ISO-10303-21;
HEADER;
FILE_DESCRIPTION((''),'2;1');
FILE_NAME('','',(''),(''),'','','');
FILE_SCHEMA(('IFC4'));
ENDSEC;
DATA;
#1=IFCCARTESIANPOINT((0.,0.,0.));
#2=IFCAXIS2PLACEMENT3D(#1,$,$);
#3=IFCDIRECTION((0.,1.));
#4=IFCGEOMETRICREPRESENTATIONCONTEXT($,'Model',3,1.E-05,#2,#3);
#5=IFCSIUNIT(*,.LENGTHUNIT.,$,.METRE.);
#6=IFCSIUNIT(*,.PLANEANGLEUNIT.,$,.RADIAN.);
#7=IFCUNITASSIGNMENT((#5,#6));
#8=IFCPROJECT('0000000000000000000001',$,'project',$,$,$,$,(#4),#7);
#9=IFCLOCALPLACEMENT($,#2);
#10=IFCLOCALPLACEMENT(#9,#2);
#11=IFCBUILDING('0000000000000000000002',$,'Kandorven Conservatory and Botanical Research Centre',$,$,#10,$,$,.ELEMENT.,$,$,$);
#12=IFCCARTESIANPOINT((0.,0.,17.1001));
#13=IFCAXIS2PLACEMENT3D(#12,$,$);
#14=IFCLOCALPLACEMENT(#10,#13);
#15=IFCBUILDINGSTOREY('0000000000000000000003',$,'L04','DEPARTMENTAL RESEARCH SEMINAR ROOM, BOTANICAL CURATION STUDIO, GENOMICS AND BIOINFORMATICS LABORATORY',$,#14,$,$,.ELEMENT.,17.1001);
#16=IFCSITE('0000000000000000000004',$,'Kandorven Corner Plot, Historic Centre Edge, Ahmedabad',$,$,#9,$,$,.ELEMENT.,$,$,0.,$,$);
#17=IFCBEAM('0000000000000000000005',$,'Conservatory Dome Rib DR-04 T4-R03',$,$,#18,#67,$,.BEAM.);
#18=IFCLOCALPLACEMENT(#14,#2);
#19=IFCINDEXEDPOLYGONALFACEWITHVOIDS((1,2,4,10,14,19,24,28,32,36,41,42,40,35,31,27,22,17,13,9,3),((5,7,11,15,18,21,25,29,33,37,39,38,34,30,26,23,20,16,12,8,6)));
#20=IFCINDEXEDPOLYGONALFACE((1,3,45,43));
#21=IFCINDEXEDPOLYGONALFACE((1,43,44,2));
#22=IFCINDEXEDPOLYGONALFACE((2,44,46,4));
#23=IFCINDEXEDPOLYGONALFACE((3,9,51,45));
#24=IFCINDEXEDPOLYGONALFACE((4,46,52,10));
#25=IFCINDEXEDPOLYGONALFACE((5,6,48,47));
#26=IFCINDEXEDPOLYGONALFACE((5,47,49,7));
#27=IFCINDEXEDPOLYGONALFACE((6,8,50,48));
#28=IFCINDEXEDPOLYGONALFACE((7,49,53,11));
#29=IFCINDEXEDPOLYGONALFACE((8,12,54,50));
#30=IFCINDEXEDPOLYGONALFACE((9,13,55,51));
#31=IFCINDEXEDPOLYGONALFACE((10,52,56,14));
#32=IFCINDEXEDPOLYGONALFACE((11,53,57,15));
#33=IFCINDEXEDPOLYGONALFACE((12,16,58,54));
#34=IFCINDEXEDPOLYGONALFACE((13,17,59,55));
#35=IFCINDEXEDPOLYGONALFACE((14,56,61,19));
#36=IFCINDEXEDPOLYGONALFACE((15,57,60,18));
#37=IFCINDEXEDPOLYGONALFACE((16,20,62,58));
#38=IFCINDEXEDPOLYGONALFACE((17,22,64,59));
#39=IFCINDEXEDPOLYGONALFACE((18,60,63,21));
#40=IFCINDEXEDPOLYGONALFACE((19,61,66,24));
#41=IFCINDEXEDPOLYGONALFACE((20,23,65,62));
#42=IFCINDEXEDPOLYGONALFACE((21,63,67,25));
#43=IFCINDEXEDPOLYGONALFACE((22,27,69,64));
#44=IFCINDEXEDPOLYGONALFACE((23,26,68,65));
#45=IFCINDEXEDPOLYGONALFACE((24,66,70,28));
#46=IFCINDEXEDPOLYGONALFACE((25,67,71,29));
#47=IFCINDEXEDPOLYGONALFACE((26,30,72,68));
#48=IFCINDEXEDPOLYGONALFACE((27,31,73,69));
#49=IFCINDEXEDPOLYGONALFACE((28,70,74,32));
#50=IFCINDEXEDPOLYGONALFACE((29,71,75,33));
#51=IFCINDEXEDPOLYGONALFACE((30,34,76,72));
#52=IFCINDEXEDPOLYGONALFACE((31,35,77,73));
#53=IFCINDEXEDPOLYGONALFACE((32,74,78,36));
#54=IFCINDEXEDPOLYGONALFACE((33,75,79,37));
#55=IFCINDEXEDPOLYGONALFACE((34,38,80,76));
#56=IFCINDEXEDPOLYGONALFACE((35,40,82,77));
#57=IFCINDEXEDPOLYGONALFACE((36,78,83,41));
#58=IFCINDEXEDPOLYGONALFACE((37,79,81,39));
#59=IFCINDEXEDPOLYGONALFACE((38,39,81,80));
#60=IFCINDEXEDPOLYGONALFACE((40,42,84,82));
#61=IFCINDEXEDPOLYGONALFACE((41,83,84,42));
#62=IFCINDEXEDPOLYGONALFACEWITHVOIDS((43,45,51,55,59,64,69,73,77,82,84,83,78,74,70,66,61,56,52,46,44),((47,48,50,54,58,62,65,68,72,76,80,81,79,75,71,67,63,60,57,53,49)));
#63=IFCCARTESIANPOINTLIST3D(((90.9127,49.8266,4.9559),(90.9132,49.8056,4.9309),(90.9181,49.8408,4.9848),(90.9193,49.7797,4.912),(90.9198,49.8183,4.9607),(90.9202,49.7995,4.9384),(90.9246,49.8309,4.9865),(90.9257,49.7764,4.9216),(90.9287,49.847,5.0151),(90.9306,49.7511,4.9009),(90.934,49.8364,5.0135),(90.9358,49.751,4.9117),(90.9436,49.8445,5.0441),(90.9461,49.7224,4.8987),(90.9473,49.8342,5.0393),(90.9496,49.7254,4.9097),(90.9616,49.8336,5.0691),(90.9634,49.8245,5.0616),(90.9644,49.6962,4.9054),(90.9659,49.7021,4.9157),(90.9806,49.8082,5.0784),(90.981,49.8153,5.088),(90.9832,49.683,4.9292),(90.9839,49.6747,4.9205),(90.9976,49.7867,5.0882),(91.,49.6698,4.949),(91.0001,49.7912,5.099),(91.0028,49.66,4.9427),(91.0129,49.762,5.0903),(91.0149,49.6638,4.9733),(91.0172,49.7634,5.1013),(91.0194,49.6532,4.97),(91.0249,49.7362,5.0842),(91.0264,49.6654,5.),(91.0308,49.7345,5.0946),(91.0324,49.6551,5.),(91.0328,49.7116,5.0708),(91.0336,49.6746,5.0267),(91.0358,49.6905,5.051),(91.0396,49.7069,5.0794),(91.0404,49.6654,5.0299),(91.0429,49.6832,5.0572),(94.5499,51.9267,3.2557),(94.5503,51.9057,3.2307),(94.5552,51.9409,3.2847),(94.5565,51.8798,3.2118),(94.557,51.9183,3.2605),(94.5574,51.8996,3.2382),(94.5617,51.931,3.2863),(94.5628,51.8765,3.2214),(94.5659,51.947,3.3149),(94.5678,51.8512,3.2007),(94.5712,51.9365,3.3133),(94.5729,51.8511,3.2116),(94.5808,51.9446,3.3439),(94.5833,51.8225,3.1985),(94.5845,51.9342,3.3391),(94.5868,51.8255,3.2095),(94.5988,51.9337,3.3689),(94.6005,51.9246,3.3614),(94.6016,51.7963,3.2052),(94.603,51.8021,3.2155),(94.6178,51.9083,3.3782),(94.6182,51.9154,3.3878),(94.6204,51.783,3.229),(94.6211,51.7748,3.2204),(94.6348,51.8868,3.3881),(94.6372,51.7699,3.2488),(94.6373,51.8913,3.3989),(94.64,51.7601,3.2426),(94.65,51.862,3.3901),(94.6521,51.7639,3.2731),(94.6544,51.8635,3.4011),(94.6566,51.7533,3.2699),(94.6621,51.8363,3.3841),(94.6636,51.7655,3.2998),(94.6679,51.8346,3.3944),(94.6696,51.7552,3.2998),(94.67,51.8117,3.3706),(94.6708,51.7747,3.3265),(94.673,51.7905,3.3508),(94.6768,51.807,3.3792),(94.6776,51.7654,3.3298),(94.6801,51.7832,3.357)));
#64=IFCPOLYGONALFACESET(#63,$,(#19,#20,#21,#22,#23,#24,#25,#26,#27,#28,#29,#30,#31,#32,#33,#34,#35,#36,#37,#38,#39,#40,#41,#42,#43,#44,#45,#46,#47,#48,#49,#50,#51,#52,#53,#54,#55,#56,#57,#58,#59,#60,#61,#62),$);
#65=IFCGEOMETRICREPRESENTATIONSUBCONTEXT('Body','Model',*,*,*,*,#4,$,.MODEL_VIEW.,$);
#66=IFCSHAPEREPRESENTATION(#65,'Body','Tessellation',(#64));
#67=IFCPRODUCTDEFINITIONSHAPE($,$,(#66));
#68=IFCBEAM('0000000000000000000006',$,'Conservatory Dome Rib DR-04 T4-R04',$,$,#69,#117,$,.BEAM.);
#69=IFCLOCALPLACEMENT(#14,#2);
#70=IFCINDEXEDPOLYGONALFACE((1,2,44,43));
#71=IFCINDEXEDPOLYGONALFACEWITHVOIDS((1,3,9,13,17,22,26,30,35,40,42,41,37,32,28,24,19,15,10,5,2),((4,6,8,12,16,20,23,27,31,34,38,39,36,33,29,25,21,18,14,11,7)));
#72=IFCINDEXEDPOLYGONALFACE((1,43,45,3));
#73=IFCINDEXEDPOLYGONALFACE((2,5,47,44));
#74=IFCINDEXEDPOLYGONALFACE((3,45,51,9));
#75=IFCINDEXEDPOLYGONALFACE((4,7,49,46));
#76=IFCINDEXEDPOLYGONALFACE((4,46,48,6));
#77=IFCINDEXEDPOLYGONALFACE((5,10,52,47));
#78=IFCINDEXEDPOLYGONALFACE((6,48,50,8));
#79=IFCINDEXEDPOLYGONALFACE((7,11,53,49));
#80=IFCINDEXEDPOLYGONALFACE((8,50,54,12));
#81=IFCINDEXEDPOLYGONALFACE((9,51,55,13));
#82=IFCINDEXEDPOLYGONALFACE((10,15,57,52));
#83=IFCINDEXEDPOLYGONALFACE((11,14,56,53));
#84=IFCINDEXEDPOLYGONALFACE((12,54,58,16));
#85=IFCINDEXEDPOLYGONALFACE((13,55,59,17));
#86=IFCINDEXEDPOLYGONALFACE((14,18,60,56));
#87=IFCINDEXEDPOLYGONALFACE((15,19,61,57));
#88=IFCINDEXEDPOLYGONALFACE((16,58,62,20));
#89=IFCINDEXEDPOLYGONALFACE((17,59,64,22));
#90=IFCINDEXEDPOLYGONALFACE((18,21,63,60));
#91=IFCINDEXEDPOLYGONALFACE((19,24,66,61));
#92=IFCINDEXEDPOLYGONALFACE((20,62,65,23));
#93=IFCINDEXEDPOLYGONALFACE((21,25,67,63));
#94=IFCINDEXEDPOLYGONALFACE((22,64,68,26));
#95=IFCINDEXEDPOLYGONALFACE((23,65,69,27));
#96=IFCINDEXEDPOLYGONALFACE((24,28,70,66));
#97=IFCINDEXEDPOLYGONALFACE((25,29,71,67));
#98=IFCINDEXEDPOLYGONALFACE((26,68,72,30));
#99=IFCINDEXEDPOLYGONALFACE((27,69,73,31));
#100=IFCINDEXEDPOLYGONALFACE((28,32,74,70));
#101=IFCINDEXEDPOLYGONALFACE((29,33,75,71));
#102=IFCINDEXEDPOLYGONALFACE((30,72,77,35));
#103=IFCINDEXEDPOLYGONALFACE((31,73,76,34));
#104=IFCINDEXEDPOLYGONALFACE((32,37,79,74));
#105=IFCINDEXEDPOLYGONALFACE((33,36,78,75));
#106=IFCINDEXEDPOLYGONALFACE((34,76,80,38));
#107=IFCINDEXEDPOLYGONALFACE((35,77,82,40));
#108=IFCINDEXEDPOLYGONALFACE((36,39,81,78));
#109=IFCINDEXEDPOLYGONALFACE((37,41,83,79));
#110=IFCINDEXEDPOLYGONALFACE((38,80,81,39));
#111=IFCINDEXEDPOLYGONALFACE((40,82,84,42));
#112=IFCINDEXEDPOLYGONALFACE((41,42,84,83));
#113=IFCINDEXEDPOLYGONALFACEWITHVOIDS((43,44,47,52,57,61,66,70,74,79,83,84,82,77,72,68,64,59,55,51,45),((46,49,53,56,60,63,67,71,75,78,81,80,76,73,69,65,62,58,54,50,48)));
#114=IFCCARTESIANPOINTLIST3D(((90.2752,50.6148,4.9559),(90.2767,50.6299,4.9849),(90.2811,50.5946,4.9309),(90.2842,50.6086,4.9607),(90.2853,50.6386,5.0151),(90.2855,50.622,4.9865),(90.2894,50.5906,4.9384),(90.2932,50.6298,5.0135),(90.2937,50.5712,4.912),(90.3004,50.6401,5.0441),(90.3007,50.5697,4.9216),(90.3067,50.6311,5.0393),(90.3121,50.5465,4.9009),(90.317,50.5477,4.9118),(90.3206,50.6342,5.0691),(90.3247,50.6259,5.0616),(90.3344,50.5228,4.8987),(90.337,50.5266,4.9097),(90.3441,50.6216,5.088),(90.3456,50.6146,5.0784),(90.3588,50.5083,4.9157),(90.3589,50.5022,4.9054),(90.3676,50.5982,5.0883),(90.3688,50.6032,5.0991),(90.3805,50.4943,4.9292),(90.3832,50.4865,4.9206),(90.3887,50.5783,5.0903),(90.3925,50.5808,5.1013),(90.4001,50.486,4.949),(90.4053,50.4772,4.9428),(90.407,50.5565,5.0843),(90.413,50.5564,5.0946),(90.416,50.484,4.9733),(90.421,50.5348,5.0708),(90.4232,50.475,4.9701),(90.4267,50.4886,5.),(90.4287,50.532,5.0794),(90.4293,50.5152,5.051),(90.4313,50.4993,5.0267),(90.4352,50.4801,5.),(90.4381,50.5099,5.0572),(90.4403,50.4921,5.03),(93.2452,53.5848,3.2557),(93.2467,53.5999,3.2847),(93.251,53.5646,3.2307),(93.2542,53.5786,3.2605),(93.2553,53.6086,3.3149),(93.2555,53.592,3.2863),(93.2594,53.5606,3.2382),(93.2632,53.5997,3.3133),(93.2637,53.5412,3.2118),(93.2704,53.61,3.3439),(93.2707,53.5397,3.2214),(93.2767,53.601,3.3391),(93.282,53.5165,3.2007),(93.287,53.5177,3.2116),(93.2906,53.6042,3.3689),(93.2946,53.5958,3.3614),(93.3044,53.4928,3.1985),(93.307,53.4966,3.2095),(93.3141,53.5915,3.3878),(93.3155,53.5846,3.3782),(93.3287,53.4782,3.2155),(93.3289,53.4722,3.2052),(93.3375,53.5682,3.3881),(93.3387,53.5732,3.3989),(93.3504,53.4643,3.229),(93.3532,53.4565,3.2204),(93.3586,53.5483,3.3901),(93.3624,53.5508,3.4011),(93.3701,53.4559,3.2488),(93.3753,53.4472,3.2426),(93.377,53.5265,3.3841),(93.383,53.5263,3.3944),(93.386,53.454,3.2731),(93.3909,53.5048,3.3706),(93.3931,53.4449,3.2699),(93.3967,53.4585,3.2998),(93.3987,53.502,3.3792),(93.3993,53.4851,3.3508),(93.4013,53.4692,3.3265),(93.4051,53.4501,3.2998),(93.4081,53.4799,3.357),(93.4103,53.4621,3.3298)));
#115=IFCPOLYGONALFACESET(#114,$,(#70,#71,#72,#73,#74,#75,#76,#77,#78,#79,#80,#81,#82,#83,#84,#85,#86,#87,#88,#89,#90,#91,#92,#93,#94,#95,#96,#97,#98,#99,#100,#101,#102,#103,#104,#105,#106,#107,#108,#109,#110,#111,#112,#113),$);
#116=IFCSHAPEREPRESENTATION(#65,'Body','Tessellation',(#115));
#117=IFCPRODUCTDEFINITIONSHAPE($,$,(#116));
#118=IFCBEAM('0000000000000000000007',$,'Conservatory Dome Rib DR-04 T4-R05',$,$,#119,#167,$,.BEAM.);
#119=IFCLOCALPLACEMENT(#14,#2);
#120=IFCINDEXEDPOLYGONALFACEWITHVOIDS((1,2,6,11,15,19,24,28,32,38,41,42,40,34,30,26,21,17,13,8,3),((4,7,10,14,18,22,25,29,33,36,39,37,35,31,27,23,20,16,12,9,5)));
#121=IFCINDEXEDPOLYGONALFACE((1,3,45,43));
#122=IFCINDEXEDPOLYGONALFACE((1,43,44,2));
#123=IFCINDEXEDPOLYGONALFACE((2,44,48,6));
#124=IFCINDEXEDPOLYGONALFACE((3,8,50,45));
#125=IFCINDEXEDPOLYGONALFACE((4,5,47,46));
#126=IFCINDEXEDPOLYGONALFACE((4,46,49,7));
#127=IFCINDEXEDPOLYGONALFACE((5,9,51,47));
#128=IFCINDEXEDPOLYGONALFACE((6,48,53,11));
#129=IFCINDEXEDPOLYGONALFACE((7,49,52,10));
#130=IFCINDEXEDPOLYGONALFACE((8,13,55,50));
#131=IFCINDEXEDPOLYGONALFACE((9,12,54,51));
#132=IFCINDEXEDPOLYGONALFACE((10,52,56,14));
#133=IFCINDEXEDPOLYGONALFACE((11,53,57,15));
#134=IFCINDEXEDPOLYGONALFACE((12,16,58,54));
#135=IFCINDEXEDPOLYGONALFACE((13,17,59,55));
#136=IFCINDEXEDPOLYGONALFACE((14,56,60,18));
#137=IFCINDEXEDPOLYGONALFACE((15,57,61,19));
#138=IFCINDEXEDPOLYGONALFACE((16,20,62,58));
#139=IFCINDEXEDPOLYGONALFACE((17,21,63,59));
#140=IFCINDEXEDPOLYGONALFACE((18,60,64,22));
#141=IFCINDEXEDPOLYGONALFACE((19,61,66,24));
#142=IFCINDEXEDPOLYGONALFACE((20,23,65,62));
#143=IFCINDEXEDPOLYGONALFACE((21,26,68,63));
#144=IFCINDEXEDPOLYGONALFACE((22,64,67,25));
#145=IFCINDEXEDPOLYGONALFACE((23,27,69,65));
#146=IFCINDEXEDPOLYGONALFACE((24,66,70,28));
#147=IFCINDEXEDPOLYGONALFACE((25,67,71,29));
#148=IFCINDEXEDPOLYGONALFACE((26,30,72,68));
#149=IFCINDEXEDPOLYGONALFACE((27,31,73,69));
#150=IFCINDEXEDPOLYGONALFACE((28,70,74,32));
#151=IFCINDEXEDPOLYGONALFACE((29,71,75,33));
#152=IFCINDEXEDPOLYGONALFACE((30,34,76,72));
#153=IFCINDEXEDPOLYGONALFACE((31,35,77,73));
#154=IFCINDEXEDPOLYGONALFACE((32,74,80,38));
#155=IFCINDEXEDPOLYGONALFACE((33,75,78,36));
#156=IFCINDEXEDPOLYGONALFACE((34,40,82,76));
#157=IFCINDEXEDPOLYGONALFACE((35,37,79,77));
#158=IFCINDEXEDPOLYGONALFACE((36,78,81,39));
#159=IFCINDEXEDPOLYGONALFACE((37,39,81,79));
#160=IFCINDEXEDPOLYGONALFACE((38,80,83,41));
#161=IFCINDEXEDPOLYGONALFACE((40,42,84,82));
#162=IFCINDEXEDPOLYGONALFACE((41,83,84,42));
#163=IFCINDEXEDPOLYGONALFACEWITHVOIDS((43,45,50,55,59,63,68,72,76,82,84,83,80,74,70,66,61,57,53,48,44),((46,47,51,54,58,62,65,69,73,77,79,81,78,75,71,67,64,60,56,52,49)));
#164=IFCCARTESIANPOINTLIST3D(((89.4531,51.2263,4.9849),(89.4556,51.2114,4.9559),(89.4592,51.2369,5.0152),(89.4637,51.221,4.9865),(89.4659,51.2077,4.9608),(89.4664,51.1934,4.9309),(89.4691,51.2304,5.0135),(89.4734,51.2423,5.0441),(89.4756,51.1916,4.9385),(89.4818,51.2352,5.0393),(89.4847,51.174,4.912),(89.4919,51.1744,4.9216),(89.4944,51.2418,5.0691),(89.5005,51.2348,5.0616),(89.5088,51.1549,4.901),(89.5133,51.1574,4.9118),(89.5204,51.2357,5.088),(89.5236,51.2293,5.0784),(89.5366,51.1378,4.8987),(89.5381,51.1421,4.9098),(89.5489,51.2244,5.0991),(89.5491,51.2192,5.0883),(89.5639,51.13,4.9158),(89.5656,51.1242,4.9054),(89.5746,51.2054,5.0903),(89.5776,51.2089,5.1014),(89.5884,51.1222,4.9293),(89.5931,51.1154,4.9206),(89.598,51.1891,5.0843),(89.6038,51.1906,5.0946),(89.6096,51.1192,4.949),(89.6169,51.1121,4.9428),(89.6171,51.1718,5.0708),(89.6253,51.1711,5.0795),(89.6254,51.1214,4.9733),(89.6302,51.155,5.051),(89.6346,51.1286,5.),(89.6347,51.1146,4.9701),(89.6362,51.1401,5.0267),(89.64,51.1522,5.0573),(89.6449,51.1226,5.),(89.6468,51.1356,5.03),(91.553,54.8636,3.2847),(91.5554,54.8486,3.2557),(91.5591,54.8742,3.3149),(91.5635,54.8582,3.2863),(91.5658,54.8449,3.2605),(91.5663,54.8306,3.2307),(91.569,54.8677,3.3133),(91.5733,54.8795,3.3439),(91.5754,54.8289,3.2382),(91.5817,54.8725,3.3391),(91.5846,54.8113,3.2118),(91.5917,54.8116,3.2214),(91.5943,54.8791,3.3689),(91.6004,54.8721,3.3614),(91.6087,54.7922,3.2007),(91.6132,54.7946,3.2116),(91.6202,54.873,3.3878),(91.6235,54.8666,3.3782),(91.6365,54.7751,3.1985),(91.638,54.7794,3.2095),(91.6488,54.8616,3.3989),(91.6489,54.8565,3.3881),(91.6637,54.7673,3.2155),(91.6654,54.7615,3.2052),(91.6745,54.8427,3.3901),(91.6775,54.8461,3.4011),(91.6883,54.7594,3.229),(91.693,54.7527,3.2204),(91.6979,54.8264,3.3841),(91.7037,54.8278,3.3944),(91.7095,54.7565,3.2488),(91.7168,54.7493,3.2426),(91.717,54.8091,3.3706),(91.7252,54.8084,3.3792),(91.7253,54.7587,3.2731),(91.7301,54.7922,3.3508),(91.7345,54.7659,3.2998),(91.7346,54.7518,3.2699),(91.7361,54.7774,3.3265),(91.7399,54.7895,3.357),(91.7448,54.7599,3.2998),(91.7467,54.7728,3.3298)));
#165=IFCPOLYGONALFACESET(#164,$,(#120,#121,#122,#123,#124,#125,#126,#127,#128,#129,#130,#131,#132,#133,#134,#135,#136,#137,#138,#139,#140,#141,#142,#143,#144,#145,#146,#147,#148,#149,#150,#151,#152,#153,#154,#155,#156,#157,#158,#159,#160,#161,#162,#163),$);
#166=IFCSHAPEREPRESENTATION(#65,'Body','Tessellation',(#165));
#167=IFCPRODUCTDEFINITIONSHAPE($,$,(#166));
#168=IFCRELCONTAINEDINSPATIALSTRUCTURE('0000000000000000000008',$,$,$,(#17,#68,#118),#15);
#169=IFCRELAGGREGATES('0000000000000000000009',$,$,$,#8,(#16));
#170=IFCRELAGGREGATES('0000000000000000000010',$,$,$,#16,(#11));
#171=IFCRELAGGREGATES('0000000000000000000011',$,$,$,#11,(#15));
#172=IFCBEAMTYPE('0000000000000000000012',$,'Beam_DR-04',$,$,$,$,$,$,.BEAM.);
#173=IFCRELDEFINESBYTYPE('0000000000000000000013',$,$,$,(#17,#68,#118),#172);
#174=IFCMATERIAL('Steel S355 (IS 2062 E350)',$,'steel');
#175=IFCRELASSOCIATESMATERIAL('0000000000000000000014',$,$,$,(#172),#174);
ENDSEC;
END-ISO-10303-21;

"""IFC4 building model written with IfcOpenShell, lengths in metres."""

from ifc_helpers import new_model, si_unit, direction, frame, origin, origin_2d, place, context, subcontext, project, spatial, hollow_circle, extrude, material, material_profile, profile_set, type_object, element, save


model = new_model("IFC4")

# Units and contexts
model_context = context("Model", 3, precision=1e-05, world=origin(), true_north=direction((0.0, 1.0)))
body_context = subcontext(model_context, "Body", "Model", "MODEL_VIEW")
ifc_project = project(units=[si_unit("LENGTHUNIT", "METRE"), si_unit("PLANEANGLEUNIT", "RADIAN")], contexts=[model_context])

# Site, building, storey
site_placement = place(None, origin())
site = spatial("IfcSite", under=ifc_project, at=site_placement, Name="Kandorven Corner Plot, Historic Centre Edge, Ahmedabad", CompositionType="ELEMENT", RefElevation=0.0)
building_placement = place(site_placement, origin())
building = spatial("IfcBuilding", under=site, at=building_placement, Name="Kandorven Conservatory and Botanical Research Centre", CompositionType="ELEMENT")
storey_placement = place(building_placement, frame((0.0, 0.0, 17.1001)))
storey = spatial("IfcBuildingStorey", under=building, at=storey_placement, Name="L04", Description="DEPARTMENTAL RESEARCH SEMINAR ROOM, BOTANICAL CURATION STUDIO, GENOMICS AND BIOINFORMATICS LABORATORY", CompositionType="ELEMENT", Elevation=17.1001)

# Beams
ifc_material_1 = material(Name="Steel S355 (IS 2062 E350)", Category="steel")
ifc_material_profile_1 = material_profile(ifc_material_1, hollow_circle(Radius=0.1096, WallThickness=0.012, at=origin_2d()))
ifc_profile_set_1 = profile_set([ifc_material_profile_1], Name="Steel S355 (IS 2062 E350)")
beam_type_1 = type_object("IfcBeamType", Name="Beam_DR-04", PredefinedType="BEAM", material=ifc_profile_set_1)
beam_1_placement = place(storey_placement, frame((94.6147, 51.8501, 3.2998), z_axis=(-0.802731, -0.463491, 0.375233), x_axis=(0.500028, -0.866009, 0.0)))
element("IfcBeam", 1, at=beam_1_placement, inside=storey, type_object=beam_type_1, Name="Conservatory Dome Rib DR-04 T4-R03", PredefinedType="BEAM", context=body_context, shape_type="SweptSolid", body=[
    extrude(hollow_circle(Radius=0.1096, WallThickness=0.012, at=origin_2d()), origin(), (0.0, 0.0, 1.0), 4.531),
])
beam_2_placement = place(storey_placement, frame((93.3276, 53.5276, 3.2998), z_axis=(-0.655444, -0.655444, 0.375217), x_axis=(0.707107, -0.707107, 0.0)))
element("IfcBeam", 2, at=beam_2_placement, inside=storey, type_object=beam_type_1, Name="Conservatory Dome Rib DR-04 T4-R04", PredefinedType="BEAM", context=body_context, shape_type="SweptSolid", body=[
    extrude(hollow_circle(Radius=0.1096, WallThickness=0.012, at=origin_2d()), origin(), (0.0, 0.0, 1.0), 4.5312),
])
beam_3_placement = place(storey_placement, frame((91.6499, 54.8147, 3.2998), z_axis=(-0.463449, -0.802751, 0.375242), x_axis=(0.866035, -0.499984, 0.0)))
element("IfcBeam", 3, at=beam_3_placement, inside=storey, type_object=beam_type_1, Name="Conservatory Dome Rib DR-04 T4-R05", PredefinedType="BEAM", context=body_context, shape_type="SweptSolid", body=[
    extrude(hollow_circle(Radius=0.1096, WallThickness=0.012, at=origin_2d()), origin(), (0.0, 0.0, 1.0), 4.531),
])

save(model, "model.ifc")
